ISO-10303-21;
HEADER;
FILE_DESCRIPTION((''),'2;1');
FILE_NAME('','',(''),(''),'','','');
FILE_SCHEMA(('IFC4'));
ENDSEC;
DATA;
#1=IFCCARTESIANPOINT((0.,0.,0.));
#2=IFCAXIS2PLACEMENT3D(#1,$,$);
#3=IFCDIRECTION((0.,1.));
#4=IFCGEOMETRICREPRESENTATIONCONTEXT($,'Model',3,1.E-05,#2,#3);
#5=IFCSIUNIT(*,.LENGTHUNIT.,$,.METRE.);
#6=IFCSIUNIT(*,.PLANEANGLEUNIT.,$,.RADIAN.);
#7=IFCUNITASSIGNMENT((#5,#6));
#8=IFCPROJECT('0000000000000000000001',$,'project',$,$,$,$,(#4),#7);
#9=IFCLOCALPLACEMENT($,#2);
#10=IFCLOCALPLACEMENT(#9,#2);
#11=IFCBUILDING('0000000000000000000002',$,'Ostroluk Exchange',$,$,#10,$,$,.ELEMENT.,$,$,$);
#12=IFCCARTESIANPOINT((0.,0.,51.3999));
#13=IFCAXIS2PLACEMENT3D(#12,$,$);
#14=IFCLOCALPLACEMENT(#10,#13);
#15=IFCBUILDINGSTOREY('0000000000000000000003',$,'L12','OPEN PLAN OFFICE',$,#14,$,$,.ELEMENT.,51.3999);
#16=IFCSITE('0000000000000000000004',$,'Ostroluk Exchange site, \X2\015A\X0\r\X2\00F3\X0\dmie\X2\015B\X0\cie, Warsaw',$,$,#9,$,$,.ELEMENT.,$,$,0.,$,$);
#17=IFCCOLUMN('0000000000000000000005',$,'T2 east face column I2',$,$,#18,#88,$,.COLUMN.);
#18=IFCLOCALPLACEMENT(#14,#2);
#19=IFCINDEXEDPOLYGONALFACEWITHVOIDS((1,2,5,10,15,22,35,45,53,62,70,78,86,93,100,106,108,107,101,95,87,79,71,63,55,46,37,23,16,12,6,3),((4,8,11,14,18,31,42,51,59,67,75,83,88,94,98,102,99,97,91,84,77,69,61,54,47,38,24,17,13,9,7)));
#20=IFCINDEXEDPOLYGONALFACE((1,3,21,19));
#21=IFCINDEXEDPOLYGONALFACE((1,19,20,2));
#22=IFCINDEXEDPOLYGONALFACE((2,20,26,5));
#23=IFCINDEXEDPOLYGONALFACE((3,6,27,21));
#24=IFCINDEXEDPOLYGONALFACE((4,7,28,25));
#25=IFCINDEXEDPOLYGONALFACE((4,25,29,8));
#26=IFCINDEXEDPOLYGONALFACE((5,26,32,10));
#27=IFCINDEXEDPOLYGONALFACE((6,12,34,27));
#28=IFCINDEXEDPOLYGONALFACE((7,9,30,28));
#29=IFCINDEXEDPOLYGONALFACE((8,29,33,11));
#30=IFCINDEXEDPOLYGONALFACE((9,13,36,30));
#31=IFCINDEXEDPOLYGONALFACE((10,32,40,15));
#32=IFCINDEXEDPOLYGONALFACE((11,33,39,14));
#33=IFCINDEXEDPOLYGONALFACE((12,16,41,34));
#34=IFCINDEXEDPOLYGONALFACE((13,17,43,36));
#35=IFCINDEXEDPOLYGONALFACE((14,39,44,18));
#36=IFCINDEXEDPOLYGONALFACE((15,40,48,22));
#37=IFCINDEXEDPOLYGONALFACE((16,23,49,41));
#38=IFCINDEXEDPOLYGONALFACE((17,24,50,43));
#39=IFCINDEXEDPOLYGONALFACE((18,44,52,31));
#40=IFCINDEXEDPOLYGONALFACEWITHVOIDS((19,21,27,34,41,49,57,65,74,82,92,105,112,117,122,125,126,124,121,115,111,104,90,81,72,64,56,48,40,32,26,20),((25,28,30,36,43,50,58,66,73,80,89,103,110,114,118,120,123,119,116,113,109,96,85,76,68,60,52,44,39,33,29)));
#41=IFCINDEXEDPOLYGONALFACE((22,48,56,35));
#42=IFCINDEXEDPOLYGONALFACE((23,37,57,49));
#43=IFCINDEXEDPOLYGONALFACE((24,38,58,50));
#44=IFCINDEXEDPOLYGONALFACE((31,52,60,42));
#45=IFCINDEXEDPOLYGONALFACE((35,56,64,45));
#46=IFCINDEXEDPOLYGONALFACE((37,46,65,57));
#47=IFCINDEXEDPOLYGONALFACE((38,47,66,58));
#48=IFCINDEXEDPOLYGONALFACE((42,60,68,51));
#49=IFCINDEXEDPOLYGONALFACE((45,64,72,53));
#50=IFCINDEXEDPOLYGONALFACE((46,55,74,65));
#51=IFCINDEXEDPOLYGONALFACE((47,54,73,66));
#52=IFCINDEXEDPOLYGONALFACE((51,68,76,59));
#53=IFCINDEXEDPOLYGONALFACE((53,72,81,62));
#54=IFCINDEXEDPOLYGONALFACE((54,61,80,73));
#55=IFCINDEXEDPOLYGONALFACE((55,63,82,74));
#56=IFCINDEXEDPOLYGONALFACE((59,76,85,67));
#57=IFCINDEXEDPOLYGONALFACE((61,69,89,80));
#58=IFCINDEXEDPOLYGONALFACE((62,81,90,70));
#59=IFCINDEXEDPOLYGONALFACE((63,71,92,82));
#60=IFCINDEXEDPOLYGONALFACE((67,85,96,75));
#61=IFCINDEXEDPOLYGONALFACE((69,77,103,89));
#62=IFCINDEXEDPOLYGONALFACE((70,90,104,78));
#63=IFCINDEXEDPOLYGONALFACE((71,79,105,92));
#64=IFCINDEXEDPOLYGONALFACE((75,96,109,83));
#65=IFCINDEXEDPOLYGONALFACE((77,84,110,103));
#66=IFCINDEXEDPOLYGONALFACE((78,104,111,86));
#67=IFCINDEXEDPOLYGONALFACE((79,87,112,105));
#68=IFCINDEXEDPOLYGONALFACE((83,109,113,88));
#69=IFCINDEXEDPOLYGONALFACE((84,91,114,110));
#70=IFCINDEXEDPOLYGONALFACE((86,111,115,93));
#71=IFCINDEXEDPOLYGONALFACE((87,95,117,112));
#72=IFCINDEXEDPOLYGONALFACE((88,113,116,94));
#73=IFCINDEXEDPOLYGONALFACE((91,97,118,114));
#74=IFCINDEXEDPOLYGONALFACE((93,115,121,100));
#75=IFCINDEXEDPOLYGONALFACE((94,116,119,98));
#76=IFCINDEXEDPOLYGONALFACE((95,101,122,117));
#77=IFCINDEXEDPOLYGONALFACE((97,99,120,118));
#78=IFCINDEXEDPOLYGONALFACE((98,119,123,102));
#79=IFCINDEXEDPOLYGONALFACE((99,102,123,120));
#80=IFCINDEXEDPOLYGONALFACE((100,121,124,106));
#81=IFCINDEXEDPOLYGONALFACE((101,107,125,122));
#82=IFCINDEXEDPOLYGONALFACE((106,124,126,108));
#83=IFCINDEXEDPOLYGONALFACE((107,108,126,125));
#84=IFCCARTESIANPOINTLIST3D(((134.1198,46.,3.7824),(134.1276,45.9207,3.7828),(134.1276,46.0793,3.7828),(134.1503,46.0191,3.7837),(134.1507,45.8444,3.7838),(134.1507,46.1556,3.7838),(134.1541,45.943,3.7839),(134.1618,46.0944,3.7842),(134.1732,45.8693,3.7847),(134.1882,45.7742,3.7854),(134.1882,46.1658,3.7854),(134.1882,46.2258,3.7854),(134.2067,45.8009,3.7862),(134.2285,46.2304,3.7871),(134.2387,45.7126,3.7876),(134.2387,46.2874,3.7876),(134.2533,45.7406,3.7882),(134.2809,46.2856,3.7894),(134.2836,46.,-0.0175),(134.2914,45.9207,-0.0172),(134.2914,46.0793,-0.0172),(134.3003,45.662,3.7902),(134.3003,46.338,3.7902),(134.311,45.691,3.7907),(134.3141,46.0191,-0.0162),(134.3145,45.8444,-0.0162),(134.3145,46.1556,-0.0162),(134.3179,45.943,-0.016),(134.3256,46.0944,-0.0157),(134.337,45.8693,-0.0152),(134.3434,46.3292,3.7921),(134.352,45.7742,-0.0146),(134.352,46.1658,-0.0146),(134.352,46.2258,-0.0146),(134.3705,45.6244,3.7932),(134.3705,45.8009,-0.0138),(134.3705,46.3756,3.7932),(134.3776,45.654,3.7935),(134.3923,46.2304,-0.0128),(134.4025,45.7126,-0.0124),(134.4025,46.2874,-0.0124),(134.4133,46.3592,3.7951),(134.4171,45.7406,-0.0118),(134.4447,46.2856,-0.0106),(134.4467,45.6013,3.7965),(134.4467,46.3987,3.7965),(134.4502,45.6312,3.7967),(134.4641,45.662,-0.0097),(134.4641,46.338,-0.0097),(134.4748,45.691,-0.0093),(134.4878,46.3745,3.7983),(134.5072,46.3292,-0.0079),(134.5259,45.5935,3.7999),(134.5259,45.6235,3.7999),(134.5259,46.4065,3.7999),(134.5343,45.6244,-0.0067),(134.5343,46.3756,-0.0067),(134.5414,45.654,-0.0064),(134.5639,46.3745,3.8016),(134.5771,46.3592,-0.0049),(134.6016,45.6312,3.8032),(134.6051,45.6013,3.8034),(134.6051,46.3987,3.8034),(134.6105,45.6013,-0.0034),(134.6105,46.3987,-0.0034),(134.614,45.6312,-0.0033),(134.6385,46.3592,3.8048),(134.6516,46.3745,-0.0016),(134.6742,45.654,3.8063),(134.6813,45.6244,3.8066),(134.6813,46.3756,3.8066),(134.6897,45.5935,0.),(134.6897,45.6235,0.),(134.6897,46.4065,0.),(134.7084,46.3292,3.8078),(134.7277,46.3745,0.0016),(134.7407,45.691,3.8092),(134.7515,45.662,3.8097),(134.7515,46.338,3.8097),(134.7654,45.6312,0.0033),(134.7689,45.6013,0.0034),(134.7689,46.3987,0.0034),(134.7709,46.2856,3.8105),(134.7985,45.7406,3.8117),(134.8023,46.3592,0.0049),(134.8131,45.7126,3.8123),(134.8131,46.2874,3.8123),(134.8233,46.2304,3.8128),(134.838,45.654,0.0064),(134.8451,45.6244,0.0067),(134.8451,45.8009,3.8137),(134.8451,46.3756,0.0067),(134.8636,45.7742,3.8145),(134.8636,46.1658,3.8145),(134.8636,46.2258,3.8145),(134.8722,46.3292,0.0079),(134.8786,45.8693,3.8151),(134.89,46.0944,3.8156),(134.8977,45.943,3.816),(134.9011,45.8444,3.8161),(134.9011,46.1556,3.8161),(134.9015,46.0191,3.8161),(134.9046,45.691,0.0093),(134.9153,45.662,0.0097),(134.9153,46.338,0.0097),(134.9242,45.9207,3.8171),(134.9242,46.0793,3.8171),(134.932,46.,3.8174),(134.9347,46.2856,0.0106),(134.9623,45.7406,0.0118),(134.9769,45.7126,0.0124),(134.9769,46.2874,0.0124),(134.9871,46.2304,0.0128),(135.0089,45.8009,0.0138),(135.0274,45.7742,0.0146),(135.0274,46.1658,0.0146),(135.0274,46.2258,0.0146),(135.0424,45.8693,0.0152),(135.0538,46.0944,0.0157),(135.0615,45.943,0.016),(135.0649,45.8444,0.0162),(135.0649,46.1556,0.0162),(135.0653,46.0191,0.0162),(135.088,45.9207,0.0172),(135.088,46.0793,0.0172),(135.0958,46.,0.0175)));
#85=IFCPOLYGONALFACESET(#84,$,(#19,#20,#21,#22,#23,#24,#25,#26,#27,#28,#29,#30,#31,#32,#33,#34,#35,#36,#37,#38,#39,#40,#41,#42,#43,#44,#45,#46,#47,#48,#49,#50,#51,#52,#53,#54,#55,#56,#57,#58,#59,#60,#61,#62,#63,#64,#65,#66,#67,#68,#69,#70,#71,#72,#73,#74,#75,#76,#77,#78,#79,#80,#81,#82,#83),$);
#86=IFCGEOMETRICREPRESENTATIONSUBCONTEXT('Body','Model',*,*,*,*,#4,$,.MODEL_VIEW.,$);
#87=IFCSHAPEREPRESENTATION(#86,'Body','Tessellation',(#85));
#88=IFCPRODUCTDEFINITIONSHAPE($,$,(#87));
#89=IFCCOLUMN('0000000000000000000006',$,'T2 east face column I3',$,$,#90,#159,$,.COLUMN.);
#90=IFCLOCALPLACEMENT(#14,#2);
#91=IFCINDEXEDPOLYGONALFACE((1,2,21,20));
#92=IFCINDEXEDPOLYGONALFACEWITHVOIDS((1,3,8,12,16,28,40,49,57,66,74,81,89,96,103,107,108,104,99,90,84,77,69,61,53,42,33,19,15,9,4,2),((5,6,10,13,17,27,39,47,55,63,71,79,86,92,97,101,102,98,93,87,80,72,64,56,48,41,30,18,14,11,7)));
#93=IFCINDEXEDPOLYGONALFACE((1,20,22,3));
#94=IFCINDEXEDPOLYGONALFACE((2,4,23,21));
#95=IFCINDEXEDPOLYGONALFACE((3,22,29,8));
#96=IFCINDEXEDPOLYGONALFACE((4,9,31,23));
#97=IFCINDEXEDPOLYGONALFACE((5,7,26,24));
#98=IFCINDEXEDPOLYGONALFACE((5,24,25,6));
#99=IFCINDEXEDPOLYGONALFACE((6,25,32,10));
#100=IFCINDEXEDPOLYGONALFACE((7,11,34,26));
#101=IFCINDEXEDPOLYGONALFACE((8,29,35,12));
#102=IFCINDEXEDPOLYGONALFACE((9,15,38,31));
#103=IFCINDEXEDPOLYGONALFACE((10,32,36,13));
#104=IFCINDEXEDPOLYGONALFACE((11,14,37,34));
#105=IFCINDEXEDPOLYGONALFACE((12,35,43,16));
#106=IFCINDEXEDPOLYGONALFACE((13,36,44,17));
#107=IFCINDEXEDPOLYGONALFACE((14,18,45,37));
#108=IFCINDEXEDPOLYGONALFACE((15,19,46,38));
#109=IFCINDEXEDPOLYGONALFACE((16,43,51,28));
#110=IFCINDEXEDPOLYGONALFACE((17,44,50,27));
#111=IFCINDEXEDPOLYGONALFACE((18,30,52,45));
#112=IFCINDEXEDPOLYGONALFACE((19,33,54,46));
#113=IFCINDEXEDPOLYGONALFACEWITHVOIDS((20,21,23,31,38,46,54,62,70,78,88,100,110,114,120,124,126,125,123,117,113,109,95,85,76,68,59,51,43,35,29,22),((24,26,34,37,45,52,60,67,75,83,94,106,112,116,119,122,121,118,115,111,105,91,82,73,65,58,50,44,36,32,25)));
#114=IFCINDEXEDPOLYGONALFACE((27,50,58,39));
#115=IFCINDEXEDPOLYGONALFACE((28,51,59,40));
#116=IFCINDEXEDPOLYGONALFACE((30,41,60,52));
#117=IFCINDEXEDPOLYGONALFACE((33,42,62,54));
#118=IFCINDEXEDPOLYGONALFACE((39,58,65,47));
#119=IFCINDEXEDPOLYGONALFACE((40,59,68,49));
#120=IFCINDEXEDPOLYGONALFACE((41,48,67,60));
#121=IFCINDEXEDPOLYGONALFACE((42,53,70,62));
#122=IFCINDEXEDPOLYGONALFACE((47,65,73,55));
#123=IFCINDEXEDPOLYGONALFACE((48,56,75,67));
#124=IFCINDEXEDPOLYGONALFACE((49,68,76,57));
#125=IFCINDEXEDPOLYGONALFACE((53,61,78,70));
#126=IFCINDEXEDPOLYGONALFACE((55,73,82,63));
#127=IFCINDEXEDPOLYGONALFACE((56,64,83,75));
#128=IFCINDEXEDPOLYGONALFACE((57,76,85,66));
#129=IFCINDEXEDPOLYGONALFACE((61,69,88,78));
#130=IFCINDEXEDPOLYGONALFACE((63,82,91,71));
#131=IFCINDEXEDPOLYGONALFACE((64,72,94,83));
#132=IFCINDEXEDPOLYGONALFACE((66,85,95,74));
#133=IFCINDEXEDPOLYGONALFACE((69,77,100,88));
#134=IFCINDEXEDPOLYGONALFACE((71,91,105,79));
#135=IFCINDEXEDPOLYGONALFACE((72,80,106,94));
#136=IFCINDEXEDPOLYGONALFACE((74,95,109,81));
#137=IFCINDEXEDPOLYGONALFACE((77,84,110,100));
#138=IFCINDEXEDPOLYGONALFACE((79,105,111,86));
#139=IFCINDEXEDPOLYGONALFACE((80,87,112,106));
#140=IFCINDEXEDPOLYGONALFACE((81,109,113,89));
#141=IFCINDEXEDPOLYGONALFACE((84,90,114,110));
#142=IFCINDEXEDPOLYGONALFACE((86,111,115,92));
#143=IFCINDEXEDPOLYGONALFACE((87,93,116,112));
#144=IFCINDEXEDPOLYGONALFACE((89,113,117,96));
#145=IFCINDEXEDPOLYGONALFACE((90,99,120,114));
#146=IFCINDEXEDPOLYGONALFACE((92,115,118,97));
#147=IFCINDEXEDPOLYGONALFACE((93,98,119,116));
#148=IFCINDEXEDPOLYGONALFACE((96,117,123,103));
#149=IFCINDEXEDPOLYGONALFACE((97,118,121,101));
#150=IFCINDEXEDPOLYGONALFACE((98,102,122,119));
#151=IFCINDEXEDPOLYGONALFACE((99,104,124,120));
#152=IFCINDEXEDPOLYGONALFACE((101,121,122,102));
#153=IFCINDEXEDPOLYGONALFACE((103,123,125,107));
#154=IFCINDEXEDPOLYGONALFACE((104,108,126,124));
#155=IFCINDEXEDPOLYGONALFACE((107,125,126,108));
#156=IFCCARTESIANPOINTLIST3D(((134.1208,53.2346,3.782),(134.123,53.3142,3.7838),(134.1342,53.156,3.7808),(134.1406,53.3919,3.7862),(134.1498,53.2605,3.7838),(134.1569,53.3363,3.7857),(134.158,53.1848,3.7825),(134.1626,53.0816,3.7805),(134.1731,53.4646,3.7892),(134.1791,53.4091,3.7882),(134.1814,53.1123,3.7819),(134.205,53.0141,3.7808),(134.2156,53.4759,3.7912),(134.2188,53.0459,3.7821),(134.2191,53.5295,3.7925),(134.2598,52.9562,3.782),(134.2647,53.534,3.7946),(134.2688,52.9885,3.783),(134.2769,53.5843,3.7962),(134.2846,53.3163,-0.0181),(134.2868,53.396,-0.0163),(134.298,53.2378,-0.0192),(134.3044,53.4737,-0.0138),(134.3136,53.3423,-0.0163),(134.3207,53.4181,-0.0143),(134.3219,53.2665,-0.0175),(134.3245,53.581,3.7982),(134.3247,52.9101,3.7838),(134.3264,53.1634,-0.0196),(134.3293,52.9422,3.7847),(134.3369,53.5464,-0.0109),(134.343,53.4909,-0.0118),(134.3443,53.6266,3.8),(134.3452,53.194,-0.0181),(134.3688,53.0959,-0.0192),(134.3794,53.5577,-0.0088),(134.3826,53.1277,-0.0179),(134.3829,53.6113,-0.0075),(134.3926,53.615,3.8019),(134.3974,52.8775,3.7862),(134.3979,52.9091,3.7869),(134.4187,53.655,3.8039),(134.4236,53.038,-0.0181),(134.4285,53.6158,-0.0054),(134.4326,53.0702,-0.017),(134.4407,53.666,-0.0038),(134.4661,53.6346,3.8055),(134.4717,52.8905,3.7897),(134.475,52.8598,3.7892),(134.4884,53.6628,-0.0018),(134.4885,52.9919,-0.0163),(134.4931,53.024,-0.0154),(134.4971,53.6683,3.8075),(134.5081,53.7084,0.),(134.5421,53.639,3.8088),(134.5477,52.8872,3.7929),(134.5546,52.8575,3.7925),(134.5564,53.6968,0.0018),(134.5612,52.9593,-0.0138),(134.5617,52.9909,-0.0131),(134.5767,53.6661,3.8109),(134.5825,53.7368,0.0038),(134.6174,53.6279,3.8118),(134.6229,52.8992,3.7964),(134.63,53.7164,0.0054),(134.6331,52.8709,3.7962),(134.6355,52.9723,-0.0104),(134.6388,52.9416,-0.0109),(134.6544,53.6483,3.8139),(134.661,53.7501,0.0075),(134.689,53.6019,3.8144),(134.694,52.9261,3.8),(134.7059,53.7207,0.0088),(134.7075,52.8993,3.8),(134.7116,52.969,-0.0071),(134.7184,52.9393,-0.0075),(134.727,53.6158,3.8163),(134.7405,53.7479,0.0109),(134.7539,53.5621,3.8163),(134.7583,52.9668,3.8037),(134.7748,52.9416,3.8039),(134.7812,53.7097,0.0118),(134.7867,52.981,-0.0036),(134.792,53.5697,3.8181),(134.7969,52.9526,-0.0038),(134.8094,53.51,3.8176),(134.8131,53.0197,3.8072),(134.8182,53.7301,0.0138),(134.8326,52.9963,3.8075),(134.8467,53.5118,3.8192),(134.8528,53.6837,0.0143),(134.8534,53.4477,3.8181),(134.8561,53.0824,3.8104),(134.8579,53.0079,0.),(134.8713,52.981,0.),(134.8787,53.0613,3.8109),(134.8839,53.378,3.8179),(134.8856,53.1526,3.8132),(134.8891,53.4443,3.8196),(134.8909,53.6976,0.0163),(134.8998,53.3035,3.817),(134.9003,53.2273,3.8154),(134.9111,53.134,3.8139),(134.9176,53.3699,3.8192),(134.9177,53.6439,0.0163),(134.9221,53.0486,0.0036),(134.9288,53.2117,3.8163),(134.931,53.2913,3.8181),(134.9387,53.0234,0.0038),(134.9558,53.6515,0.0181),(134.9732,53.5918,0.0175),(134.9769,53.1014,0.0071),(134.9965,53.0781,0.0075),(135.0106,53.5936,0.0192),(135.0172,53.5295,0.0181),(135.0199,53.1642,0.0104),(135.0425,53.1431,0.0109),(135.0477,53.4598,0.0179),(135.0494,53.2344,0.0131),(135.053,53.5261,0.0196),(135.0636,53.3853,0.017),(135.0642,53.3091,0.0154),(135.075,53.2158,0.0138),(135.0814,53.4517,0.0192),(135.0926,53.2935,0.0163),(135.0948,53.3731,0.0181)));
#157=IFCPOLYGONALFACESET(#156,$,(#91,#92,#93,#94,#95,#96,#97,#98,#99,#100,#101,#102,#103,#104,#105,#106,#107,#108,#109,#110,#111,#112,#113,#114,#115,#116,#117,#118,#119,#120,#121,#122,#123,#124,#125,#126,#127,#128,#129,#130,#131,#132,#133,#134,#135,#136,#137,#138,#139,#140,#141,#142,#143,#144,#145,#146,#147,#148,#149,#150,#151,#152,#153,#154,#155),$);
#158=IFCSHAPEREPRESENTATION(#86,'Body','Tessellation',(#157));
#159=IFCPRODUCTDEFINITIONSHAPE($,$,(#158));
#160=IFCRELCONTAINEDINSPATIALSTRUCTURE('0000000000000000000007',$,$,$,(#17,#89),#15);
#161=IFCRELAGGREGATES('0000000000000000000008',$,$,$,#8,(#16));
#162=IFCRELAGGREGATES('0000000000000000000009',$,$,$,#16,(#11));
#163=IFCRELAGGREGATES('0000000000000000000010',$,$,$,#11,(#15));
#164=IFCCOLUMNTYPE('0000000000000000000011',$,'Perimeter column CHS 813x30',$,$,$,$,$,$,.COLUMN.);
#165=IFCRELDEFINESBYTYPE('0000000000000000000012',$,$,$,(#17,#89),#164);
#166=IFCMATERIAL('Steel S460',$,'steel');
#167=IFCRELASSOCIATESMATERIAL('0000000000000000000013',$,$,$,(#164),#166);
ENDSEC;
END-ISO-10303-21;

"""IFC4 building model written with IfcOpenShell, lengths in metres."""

from ifc_helpers import new_model, si_unit, direction, frame, origin, origin_2d, place, context, subcontext, project, spatial, hollow_circle, extrude, material, material_profile, profile_set, type_object, element, save


model = new_model("IFC4")

# Units and contexts
model_context = context("Model", 3, precision=1e-05, world=origin(), true_north=direction((0.0, 1.0)))
body_context = subcontext(model_context, "Body", "Model", "MODEL_VIEW")
ifc_project = project(units=[si_unit("LENGTHUNIT", "METRE"), si_unit("PLANEANGLEUNIT", "RADIAN")], contexts=[model_context])

# Site, building, storey
site_placement = place(None, origin())
site = spatial("IfcSite", under=ifc_project, at=site_placement, Name="Ostroluk Exchange site, Śródmieście, Warsaw", CompositionType="ELEMENT", RefElevation=0.0)
building_placement = place(site_placement, origin())
building = spatial("IfcBuilding", under=site, at=building_placement, Name="Ostroluk Exchange", CompositionType="ELEMENT")
storey_placement = place(building_placement, frame((0.0, 0.0, 51.3999)))
storey = spatial("IfcBuildingStorey", under=building, at=storey_placement, Name="L12", Description="OPEN PLAN OFFICE", CompositionType="ELEMENT", Elevation=51.3999)

# Columns
ifc_material_1 = material(Name="Steel S460", Category="steel")
ifc_material_profile_1 = material_profile(ifc_material_1, hollow_circle(Radius=0.4065, WallThickness=0.03, at=origin_2d()), Name="CHS 813x30")
ifc_profile_set_1 = profile_set([ifc_material_profile_1], Name="Steel S460")
column_type = type_object("IfcColumnType", Name="Perimeter column CHS 813x30", PredefinedType="COLUMN", material=ifc_profile_set_1)
column_1_placement = place(storey_placement, frame((134.6897, 46.0, 0.0), z_axis=(-0.04307, 0.0, 0.999072), x_axis=(0.0, -1.0, 0.0)))
element("IfcColumn", 1, at=column_1_placement, inside=storey, type_object=column_type, Name="T2 east face column I2", PredefinedType="COLUMN", context=body_context, shape_type="SweptSolid", body=[
    extrude(hollow_circle(Radius=0.4065, WallThickness=0.03, at=origin_2d()), origin(), (0.0, 0.0, 1.0), 3.8035),
])
column_2_placement = place(storey_placement, frame((134.6897, 53.3447, 0.0), z_axis=(-0.04306, -0.021498, 0.998841), x_axis=(0.44668, -0.894694, 0.0)))
element("IfcColumn", 2, at=column_2_placement, inside=storey, type_object=column_type, Name="T2 east face column I3", PredefinedType="COLUMN", context=body_context, shape_type="SweptSolid", body=[
    extrude(hollow_circle(Radius=0.4065, WallThickness=0.03, at=origin_2d()), origin(), (0.0, 0.0, 1.0), 3.8044),
])

save(model, "model.ifc")
